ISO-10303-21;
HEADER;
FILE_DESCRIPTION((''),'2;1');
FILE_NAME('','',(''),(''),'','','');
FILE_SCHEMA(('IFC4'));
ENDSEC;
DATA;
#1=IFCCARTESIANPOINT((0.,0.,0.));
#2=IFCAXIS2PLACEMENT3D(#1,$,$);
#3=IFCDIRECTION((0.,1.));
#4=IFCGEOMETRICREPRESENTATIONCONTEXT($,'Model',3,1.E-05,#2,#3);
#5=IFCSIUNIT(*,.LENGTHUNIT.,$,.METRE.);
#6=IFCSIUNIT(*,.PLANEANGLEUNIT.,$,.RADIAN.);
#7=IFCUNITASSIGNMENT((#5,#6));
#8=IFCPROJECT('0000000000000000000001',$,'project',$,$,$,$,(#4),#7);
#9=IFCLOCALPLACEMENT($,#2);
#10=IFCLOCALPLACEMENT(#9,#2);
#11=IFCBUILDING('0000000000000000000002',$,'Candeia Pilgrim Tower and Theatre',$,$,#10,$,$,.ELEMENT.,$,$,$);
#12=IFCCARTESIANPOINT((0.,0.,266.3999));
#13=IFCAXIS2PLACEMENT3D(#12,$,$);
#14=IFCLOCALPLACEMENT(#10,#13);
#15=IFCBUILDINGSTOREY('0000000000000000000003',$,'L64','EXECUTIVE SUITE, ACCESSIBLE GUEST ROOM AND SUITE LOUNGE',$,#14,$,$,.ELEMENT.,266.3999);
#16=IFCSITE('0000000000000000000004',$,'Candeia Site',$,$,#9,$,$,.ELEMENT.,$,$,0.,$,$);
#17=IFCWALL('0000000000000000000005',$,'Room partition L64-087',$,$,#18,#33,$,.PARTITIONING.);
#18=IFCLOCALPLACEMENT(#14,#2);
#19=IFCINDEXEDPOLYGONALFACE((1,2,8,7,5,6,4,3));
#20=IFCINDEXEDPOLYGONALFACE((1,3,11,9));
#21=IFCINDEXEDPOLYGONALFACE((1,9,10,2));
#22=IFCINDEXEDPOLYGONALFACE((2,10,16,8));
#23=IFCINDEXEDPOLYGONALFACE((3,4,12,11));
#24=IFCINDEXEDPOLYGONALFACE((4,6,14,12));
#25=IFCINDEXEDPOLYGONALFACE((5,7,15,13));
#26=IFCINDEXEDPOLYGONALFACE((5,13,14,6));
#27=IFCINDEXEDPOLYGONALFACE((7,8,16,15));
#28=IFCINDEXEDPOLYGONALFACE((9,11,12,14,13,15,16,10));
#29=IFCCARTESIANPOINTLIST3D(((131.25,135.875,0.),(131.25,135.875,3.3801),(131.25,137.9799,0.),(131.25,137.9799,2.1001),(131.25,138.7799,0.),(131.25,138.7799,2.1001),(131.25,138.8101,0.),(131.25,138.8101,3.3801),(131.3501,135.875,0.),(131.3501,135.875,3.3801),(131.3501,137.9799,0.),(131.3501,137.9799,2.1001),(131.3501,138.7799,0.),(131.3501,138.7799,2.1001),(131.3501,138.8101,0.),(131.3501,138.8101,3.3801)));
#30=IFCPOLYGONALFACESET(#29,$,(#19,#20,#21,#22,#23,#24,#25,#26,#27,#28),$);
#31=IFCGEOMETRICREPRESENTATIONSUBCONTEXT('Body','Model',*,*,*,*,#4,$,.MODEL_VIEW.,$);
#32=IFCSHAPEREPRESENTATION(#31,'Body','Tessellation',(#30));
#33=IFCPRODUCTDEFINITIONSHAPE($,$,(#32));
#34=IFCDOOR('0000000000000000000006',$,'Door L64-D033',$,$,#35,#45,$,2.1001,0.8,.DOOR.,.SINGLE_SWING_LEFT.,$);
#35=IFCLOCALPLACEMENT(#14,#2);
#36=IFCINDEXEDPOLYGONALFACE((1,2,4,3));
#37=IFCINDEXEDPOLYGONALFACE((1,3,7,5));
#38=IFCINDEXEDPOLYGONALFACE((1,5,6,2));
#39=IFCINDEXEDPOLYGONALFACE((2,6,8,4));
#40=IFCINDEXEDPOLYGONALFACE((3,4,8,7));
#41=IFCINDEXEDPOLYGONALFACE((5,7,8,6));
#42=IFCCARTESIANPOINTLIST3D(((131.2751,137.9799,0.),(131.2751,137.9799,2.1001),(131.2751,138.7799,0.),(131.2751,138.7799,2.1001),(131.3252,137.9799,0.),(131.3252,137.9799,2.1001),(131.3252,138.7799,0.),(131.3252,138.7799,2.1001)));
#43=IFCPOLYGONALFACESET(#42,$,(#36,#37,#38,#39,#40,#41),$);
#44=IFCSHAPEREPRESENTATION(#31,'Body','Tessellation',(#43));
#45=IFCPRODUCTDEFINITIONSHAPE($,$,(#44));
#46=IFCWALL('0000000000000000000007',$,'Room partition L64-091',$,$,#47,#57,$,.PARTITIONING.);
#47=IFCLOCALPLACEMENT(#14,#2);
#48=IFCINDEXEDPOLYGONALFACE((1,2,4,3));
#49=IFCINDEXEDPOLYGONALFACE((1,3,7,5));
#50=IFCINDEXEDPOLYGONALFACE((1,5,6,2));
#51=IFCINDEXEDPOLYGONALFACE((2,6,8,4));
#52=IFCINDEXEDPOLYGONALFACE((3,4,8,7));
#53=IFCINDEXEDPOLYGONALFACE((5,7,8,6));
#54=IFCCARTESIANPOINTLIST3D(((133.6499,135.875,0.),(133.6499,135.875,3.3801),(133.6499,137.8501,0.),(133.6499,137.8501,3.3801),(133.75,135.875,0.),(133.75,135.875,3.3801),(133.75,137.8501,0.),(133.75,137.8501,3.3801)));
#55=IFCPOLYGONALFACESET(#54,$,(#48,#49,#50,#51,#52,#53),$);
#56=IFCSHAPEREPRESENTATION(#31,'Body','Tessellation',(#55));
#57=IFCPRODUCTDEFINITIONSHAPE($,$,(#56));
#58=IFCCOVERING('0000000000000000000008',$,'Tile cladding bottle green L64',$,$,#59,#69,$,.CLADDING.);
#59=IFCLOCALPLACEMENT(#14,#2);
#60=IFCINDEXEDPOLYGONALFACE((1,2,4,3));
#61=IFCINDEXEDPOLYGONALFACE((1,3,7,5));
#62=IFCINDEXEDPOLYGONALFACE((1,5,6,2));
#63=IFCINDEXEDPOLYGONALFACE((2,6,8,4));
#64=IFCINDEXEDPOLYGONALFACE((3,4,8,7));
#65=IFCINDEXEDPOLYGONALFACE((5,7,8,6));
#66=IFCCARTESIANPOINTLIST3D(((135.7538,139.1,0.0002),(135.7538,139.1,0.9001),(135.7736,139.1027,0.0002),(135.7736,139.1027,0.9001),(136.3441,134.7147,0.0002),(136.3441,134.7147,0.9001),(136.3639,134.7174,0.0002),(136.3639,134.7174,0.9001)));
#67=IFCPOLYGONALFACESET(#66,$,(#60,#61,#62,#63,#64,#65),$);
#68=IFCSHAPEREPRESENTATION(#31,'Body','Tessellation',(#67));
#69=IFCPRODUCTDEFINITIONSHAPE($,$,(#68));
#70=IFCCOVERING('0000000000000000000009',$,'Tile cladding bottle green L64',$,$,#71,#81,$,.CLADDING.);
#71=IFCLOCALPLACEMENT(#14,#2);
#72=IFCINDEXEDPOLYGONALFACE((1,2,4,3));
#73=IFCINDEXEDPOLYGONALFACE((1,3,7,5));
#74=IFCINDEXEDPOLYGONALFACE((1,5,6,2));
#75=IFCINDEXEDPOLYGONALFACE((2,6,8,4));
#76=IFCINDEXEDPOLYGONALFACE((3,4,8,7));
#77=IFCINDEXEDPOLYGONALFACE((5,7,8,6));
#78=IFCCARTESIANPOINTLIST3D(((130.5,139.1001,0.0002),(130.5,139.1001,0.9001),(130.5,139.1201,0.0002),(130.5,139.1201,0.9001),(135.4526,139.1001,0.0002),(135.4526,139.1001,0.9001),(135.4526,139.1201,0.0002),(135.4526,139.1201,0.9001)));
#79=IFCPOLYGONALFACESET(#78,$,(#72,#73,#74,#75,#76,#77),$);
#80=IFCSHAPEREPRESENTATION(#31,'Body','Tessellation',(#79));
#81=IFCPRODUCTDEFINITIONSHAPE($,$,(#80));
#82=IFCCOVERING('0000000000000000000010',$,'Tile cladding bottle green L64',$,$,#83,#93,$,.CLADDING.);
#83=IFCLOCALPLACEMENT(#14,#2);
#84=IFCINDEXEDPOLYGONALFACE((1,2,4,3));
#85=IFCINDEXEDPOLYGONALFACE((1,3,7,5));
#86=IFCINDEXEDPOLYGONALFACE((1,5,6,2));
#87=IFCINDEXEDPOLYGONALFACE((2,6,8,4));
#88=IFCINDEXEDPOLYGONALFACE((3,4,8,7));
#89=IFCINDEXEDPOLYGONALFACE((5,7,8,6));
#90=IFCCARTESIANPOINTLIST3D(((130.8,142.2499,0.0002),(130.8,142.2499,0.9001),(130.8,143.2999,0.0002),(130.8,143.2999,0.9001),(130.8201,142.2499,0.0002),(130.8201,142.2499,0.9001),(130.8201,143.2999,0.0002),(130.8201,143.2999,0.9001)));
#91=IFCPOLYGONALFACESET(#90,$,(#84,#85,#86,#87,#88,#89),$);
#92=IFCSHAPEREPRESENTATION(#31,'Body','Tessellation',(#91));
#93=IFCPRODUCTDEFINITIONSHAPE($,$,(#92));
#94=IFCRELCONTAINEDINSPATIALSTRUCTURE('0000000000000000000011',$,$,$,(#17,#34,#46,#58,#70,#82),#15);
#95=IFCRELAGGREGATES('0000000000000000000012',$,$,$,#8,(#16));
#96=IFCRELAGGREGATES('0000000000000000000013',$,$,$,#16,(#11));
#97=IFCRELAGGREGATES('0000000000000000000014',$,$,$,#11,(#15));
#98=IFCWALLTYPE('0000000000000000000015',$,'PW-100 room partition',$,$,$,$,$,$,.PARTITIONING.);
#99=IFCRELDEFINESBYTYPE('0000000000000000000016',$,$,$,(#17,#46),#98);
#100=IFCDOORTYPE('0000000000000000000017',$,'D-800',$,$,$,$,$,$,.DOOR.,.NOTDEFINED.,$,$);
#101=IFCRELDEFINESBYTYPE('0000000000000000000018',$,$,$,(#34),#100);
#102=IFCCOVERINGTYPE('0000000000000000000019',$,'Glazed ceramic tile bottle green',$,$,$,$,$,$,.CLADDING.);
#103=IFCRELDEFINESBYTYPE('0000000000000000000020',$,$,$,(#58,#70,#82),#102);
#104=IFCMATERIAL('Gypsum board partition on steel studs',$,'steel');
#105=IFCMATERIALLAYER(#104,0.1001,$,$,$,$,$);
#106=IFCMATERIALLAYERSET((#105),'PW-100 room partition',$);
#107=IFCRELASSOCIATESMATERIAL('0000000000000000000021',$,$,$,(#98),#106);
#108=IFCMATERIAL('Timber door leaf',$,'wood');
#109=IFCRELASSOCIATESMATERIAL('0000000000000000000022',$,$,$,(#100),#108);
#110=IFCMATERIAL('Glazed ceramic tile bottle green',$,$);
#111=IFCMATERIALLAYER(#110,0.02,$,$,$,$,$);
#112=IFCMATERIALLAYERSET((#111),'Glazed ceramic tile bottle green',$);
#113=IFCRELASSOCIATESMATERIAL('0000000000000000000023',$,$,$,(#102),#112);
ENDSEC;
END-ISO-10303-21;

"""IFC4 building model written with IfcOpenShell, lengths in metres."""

from ifc_helpers import new_model, si_unit, direction, frame, frame_2d, origin, origin_2d, place, context, subcontext, project, spatial, rectangle, extrude, material, layer, layer_set, type_object, element, fill, save


model = new_model("IFC4")

# Units and contexts
model_context = context("Model", 3, precision=1e-05, world=origin(), true_north=direction((0.0, 1.0)))
body_context = subcontext(model_context, "Body", "Model", "MODEL_VIEW")
ifc_project = project(units=[si_unit("LENGTHUNIT", "METRE"), si_unit("PLANEANGLEUNIT", "RADIAN")], contexts=[model_context])

# Site, building, storey
site_placement = place(None, origin())
site = spatial("IfcSite", under=ifc_project, at=site_placement, Name="Candeia Site", CompositionType="ELEMENT", RefElevation=0.0)
building_placement = place(site_placement, origin())
building = spatial("IfcBuilding", under=site, at=building_placement, Name="Candeia Pilgrim Tower and Theatre", CompositionType="ELEMENT")
storey_placement = place(building_placement, frame((0.0, 0.0, 266.3999)))
storey = spatial("IfcBuildingStorey", under=building, at=storey_placement, Name="L64", Description="EXECUTIVE SUITE, ACCESSIBLE GUEST ROOM AND SUITE LOUNGE", CompositionType="ELEMENT", Elevation=266.3999)

# Wall, opening, door
ifc_material_1 = material(Name="Gypsum board partition on steel studs", Category="steel")
ifc_layer_1 = layer(ifc_material_1, 0.1001)
ifc_layer_set_1 = layer_set([ifc_layer_1], Name="PW-100 room partition")
wall_type_1 = type_object("IfcWallType", Name="PW-100 room partition", PredefinedType="PARTITIONING", material=ifc_layer_set_1)
ifc_material_2 = material(Name="Timber door leaf", Category="wood")
door_type = type_object("IfcDoorType", Name="D-800", OperationType="NOTDEFINED", PredefinedType="DOOR", material=ifc_material_2)
wall_1_placement = place(storey_placement, frame((131.3, 135.875, 0.0), z_axis=(0.0, 0.0, 1.0), x_axis=(0.0, 1.0, 0.0)))
wall_1 = element("IfcWall", 1, at=wall_1_placement, inside=storey, type_object=wall_type_1, Name="Room partition L64-087", PredefinedType="PARTITIONING", context=body_context, shape_type="SweptSolid", body=[
    extrude(rectangle(XDim=2.9351, YDim=0.1001, at=frame_2d((1.4675, 0.0))), origin(), (0.0, 0.0, 1.0), 3.3801),
])
opening_1_placement = place(wall_1_placement, frame((2.105, 0.0, 0.0)))
opening_1 = element("IfcOpeningElement", 2, at=opening_1_placement, cuts=wall_1, PredefinedType="OPENING", context=body_context, shape_type="SweptSolid", body=[
    extrude(rectangle(XDim=0.8, YDim=2.1001, at=frame_2d((0.3999, 1.05))), frame((0.0, 0.0601, 0.0), z_axis=(0.0, -1.0, 0.0), x_axis=(1.0, 0.0, 0.0)), (0.0, 0.0, 1.0), 0.1201),
])
door_1_placement = place(opening_1_placement, origin())
door_1 = element("IfcDoor", 3, at=door_1_placement, inside=storey, type_object=door_type, Name="Door L64-D033", OperationType="SINGLE_SWING_LEFT", OverallHeight=2.1001, OverallWidth=0.8, PredefinedType="DOOR", context=body_context, shape_type="SweptSolid", body=[
    extrude(rectangle(XDim=0.8, YDim=2.1001, at=frame_2d((0.3999, 1.05))), frame((0.0, 0.0249, 0.0), z_axis=(0.0, -1.0, 0.0), x_axis=(1.0, 0.0, 0.0)), (0.0, 0.0, 1.0), 0.05),
])
fill(opening_1, door_1)

# Wall
wall_2_placement = place(storey_placement, frame((133.7, 135.875, 0.0), z_axis=(0.0, 0.0, 1.0), x_axis=(0.0, 1.0, 0.0)))
element("IfcWall", 4, at=wall_2_placement, inside=storey, type_object=wall_type_1, Name="Room partition L64-091", PredefinedType="PARTITIONING", context=body_context, shape_type="SweptSolid", body=[
    extrude(rectangle(XDim=1.9751, YDim=0.1001, at=frame_2d((0.9875, 0.0))), origin(), (0.0, 0.0, 1.0), 3.3801),
])

# Coverings
ifc_material_3 = material(Name="Glazed ceramic tile bottle green")
ifc_layer_2 = layer(ifc_material_3, 0.02)
ifc_layer_set_2 = layer_set([ifc_layer_2], Name="Glazed ceramic tile bottle green")
covering_type = type_object("IfcCoveringType", Name="Glazed ceramic tile bottle green", PredefinedType="CLADDING", material=ifc_layer_set_2)
covering_1_placement = place(storey_placement, frame((136.0588, 136.9087, 0.0002), z_axis=(0.0, 0.0, 1.0), x_axis=(-0.133412, 0.991061, 0.0)))
element("IfcCovering", 5, at=covering_1_placement, inside=storey, type_object=covering_type, Name="Tile cladding bottle green L64", PredefinedType="CLADDING", context=body_context, shape_type="SweptSolid", body=[
    extrude(rectangle(XDim=4.4248, YDim=0.02, at=origin_2d()), origin(), (0.0, 0.0, 1.0), 0.8999),
])
covering_2_placement = place(storey_placement, frame((132.9763, 139.1101, 0.0002), z_axis=(0.0, 0.0, 1.0), x_axis=(-1.0, 0.0, 0.0)))
element("IfcCovering", 6, at=covering_2_placement, inside=storey, type_object=covering_type, Name="Tile cladding bottle green L64", PredefinedType="CLADDING", context=body_context, shape_type="SweptSolid", body=[
    extrude(rectangle(XDim=4.9526, YDim=0.02, at=origin_2d()), origin(), (0.0, 0.0, 1.0), 0.8999),
])
covering_3_placement = place(storey_placement, frame((130.8101, 142.7749, 0.0002), z_axis=(0.0, 0.0, 1.0), x_axis=(0.0, 1.0, 0.0)))
element("IfcCovering", 7, at=covering_3_placement, inside=storey, type_object=covering_type, Name="Tile cladding bottle green L64", PredefinedType="CLADDING", context=body_context, shape_type="SweptSolid", body=[
    extrude(rectangle(XDim=1.05, YDim=0.02, at=origin_2d()), origin(), (0.0, 0.0, 1.0), 0.8999),
])

save(model, "model.ifc")
